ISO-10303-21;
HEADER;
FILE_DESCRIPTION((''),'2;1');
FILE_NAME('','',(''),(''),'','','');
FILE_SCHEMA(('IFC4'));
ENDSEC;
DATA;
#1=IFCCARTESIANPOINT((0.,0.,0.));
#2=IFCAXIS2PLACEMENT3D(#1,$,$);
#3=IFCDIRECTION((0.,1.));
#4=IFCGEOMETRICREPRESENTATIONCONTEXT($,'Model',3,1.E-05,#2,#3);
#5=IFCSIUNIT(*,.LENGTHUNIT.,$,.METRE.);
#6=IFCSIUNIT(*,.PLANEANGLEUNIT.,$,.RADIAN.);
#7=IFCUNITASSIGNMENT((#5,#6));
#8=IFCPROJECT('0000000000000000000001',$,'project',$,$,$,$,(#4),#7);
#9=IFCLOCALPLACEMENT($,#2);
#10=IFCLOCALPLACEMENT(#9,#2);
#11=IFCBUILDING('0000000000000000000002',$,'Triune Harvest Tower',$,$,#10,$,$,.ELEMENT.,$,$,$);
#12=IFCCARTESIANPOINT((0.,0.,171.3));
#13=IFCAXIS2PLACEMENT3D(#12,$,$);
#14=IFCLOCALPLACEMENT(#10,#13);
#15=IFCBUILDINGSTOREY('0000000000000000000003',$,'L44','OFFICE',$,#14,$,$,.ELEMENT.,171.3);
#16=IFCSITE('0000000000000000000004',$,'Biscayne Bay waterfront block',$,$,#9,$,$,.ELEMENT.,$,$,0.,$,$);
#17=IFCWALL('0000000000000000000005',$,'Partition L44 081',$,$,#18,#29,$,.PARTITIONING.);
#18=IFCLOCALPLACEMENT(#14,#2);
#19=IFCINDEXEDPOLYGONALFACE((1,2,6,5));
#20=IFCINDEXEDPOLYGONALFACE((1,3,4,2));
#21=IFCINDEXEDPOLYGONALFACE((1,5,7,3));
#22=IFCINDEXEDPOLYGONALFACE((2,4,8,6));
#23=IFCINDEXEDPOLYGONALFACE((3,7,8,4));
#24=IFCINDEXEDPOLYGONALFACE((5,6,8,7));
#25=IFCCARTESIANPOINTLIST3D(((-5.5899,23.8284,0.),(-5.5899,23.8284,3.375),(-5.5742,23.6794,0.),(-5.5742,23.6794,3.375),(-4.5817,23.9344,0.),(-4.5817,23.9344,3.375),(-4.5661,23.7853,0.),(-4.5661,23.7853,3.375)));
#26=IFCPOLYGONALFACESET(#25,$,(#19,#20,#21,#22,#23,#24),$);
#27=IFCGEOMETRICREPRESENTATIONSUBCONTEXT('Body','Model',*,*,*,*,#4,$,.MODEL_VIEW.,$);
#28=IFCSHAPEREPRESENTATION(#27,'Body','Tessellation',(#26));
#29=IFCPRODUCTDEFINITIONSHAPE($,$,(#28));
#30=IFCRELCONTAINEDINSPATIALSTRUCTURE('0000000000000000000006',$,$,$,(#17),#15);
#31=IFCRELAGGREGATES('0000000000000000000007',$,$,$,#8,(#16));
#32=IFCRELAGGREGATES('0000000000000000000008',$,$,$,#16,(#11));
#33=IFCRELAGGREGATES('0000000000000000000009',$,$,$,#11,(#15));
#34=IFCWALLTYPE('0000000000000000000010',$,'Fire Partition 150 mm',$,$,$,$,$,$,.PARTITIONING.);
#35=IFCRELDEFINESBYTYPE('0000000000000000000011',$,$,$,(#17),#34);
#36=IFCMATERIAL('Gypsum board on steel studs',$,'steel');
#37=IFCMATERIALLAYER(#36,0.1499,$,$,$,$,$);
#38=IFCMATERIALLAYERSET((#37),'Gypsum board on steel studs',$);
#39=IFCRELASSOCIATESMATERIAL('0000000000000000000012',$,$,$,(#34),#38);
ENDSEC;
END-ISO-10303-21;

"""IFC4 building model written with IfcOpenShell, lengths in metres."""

from ifc_helpers import new_model, si_unit, direction, frame, frame_2d, origin, place, context, subcontext, project, spatial, rectangle, extrude, source, transform, mapped, material, layer, layer_set, type_object, element, save


model = new_model("IFC4")

# Units and contexts
model_context = context("Model", 3, precision=1e-05, world=origin(), true_north=direction((0.0, 1.0)))
body_context = subcontext(model_context, "Body", "Model", "MODEL_VIEW")
ifc_project = project(units=[si_unit("LENGTHUNIT", "METRE"), si_unit("PLANEANGLEUNIT", "RADIAN")], contexts=[model_context])

# Site, building, storey
site_placement = place(None, origin())
site = spatial("IfcSite", under=ifc_project, at=site_placement, Name="Biscayne Bay waterfront block", CompositionType="ELEMENT", RefElevation=0.0)
building_placement = place(site_placement, origin())
building = spatial("IfcBuilding", under=site, at=building_placement, Name="Triune Harvest Tower", CompositionType="ELEMENT")
storey_placement = place(building_placement, frame((0.0, 0.0, 171.3)))
storey = spatial("IfcBuildingStorey", under=building, at=storey_placement, Name="L44", Description="OFFICE", CompositionType="ELEMENT", Elevation=171.3)

# Shared definitions
ifc_material_1 = material(Name="Gypsum board on steel studs", Category="steel")
ifc_layer_1 = layer(ifc_material_1, 0.1499)
ifc_layer_set_1 = layer_set([ifc_layer_1], Name="Gypsum board on steel studs")
wall_type_1 = type_object("IfcWallType", Name="Fire Partition 150 mm", PredefinedType="PARTITIONING", material=ifc_layer_set_1)

# Wall
shared_shape_1 = source(origin(), body_context, "Body", "SweptSolid", [
    extrude(rectangle(XDim=1.0137, YDim=0.1499, at=frame_2d((0.5068, 0.0))), origin(), (0.0, 0.0, 1.0), 3.375),
])
for number, where, z_axis, x_axis, name in (
    (1, (-5.582, 23.7539, 0.0), (0.0, 0.0, 1.0), (0.994521, 0.104534, 0.0), "Partition L44 081"),
):
    element("IfcWall", number, at=place(storey_placement, frame(where, z_axis=z_axis, x_axis=x_axis)), inside=storey, type_object=wall_type_1, Name=name, PredefinedType="PARTITIONING", context=body_context, shape_type="MappedRepresentation", body=[
        mapped(shared_shape_1, transform((0.0, 0.0, 0.0), scale=1.0)),
    ])

save(model, "model.ifc")
